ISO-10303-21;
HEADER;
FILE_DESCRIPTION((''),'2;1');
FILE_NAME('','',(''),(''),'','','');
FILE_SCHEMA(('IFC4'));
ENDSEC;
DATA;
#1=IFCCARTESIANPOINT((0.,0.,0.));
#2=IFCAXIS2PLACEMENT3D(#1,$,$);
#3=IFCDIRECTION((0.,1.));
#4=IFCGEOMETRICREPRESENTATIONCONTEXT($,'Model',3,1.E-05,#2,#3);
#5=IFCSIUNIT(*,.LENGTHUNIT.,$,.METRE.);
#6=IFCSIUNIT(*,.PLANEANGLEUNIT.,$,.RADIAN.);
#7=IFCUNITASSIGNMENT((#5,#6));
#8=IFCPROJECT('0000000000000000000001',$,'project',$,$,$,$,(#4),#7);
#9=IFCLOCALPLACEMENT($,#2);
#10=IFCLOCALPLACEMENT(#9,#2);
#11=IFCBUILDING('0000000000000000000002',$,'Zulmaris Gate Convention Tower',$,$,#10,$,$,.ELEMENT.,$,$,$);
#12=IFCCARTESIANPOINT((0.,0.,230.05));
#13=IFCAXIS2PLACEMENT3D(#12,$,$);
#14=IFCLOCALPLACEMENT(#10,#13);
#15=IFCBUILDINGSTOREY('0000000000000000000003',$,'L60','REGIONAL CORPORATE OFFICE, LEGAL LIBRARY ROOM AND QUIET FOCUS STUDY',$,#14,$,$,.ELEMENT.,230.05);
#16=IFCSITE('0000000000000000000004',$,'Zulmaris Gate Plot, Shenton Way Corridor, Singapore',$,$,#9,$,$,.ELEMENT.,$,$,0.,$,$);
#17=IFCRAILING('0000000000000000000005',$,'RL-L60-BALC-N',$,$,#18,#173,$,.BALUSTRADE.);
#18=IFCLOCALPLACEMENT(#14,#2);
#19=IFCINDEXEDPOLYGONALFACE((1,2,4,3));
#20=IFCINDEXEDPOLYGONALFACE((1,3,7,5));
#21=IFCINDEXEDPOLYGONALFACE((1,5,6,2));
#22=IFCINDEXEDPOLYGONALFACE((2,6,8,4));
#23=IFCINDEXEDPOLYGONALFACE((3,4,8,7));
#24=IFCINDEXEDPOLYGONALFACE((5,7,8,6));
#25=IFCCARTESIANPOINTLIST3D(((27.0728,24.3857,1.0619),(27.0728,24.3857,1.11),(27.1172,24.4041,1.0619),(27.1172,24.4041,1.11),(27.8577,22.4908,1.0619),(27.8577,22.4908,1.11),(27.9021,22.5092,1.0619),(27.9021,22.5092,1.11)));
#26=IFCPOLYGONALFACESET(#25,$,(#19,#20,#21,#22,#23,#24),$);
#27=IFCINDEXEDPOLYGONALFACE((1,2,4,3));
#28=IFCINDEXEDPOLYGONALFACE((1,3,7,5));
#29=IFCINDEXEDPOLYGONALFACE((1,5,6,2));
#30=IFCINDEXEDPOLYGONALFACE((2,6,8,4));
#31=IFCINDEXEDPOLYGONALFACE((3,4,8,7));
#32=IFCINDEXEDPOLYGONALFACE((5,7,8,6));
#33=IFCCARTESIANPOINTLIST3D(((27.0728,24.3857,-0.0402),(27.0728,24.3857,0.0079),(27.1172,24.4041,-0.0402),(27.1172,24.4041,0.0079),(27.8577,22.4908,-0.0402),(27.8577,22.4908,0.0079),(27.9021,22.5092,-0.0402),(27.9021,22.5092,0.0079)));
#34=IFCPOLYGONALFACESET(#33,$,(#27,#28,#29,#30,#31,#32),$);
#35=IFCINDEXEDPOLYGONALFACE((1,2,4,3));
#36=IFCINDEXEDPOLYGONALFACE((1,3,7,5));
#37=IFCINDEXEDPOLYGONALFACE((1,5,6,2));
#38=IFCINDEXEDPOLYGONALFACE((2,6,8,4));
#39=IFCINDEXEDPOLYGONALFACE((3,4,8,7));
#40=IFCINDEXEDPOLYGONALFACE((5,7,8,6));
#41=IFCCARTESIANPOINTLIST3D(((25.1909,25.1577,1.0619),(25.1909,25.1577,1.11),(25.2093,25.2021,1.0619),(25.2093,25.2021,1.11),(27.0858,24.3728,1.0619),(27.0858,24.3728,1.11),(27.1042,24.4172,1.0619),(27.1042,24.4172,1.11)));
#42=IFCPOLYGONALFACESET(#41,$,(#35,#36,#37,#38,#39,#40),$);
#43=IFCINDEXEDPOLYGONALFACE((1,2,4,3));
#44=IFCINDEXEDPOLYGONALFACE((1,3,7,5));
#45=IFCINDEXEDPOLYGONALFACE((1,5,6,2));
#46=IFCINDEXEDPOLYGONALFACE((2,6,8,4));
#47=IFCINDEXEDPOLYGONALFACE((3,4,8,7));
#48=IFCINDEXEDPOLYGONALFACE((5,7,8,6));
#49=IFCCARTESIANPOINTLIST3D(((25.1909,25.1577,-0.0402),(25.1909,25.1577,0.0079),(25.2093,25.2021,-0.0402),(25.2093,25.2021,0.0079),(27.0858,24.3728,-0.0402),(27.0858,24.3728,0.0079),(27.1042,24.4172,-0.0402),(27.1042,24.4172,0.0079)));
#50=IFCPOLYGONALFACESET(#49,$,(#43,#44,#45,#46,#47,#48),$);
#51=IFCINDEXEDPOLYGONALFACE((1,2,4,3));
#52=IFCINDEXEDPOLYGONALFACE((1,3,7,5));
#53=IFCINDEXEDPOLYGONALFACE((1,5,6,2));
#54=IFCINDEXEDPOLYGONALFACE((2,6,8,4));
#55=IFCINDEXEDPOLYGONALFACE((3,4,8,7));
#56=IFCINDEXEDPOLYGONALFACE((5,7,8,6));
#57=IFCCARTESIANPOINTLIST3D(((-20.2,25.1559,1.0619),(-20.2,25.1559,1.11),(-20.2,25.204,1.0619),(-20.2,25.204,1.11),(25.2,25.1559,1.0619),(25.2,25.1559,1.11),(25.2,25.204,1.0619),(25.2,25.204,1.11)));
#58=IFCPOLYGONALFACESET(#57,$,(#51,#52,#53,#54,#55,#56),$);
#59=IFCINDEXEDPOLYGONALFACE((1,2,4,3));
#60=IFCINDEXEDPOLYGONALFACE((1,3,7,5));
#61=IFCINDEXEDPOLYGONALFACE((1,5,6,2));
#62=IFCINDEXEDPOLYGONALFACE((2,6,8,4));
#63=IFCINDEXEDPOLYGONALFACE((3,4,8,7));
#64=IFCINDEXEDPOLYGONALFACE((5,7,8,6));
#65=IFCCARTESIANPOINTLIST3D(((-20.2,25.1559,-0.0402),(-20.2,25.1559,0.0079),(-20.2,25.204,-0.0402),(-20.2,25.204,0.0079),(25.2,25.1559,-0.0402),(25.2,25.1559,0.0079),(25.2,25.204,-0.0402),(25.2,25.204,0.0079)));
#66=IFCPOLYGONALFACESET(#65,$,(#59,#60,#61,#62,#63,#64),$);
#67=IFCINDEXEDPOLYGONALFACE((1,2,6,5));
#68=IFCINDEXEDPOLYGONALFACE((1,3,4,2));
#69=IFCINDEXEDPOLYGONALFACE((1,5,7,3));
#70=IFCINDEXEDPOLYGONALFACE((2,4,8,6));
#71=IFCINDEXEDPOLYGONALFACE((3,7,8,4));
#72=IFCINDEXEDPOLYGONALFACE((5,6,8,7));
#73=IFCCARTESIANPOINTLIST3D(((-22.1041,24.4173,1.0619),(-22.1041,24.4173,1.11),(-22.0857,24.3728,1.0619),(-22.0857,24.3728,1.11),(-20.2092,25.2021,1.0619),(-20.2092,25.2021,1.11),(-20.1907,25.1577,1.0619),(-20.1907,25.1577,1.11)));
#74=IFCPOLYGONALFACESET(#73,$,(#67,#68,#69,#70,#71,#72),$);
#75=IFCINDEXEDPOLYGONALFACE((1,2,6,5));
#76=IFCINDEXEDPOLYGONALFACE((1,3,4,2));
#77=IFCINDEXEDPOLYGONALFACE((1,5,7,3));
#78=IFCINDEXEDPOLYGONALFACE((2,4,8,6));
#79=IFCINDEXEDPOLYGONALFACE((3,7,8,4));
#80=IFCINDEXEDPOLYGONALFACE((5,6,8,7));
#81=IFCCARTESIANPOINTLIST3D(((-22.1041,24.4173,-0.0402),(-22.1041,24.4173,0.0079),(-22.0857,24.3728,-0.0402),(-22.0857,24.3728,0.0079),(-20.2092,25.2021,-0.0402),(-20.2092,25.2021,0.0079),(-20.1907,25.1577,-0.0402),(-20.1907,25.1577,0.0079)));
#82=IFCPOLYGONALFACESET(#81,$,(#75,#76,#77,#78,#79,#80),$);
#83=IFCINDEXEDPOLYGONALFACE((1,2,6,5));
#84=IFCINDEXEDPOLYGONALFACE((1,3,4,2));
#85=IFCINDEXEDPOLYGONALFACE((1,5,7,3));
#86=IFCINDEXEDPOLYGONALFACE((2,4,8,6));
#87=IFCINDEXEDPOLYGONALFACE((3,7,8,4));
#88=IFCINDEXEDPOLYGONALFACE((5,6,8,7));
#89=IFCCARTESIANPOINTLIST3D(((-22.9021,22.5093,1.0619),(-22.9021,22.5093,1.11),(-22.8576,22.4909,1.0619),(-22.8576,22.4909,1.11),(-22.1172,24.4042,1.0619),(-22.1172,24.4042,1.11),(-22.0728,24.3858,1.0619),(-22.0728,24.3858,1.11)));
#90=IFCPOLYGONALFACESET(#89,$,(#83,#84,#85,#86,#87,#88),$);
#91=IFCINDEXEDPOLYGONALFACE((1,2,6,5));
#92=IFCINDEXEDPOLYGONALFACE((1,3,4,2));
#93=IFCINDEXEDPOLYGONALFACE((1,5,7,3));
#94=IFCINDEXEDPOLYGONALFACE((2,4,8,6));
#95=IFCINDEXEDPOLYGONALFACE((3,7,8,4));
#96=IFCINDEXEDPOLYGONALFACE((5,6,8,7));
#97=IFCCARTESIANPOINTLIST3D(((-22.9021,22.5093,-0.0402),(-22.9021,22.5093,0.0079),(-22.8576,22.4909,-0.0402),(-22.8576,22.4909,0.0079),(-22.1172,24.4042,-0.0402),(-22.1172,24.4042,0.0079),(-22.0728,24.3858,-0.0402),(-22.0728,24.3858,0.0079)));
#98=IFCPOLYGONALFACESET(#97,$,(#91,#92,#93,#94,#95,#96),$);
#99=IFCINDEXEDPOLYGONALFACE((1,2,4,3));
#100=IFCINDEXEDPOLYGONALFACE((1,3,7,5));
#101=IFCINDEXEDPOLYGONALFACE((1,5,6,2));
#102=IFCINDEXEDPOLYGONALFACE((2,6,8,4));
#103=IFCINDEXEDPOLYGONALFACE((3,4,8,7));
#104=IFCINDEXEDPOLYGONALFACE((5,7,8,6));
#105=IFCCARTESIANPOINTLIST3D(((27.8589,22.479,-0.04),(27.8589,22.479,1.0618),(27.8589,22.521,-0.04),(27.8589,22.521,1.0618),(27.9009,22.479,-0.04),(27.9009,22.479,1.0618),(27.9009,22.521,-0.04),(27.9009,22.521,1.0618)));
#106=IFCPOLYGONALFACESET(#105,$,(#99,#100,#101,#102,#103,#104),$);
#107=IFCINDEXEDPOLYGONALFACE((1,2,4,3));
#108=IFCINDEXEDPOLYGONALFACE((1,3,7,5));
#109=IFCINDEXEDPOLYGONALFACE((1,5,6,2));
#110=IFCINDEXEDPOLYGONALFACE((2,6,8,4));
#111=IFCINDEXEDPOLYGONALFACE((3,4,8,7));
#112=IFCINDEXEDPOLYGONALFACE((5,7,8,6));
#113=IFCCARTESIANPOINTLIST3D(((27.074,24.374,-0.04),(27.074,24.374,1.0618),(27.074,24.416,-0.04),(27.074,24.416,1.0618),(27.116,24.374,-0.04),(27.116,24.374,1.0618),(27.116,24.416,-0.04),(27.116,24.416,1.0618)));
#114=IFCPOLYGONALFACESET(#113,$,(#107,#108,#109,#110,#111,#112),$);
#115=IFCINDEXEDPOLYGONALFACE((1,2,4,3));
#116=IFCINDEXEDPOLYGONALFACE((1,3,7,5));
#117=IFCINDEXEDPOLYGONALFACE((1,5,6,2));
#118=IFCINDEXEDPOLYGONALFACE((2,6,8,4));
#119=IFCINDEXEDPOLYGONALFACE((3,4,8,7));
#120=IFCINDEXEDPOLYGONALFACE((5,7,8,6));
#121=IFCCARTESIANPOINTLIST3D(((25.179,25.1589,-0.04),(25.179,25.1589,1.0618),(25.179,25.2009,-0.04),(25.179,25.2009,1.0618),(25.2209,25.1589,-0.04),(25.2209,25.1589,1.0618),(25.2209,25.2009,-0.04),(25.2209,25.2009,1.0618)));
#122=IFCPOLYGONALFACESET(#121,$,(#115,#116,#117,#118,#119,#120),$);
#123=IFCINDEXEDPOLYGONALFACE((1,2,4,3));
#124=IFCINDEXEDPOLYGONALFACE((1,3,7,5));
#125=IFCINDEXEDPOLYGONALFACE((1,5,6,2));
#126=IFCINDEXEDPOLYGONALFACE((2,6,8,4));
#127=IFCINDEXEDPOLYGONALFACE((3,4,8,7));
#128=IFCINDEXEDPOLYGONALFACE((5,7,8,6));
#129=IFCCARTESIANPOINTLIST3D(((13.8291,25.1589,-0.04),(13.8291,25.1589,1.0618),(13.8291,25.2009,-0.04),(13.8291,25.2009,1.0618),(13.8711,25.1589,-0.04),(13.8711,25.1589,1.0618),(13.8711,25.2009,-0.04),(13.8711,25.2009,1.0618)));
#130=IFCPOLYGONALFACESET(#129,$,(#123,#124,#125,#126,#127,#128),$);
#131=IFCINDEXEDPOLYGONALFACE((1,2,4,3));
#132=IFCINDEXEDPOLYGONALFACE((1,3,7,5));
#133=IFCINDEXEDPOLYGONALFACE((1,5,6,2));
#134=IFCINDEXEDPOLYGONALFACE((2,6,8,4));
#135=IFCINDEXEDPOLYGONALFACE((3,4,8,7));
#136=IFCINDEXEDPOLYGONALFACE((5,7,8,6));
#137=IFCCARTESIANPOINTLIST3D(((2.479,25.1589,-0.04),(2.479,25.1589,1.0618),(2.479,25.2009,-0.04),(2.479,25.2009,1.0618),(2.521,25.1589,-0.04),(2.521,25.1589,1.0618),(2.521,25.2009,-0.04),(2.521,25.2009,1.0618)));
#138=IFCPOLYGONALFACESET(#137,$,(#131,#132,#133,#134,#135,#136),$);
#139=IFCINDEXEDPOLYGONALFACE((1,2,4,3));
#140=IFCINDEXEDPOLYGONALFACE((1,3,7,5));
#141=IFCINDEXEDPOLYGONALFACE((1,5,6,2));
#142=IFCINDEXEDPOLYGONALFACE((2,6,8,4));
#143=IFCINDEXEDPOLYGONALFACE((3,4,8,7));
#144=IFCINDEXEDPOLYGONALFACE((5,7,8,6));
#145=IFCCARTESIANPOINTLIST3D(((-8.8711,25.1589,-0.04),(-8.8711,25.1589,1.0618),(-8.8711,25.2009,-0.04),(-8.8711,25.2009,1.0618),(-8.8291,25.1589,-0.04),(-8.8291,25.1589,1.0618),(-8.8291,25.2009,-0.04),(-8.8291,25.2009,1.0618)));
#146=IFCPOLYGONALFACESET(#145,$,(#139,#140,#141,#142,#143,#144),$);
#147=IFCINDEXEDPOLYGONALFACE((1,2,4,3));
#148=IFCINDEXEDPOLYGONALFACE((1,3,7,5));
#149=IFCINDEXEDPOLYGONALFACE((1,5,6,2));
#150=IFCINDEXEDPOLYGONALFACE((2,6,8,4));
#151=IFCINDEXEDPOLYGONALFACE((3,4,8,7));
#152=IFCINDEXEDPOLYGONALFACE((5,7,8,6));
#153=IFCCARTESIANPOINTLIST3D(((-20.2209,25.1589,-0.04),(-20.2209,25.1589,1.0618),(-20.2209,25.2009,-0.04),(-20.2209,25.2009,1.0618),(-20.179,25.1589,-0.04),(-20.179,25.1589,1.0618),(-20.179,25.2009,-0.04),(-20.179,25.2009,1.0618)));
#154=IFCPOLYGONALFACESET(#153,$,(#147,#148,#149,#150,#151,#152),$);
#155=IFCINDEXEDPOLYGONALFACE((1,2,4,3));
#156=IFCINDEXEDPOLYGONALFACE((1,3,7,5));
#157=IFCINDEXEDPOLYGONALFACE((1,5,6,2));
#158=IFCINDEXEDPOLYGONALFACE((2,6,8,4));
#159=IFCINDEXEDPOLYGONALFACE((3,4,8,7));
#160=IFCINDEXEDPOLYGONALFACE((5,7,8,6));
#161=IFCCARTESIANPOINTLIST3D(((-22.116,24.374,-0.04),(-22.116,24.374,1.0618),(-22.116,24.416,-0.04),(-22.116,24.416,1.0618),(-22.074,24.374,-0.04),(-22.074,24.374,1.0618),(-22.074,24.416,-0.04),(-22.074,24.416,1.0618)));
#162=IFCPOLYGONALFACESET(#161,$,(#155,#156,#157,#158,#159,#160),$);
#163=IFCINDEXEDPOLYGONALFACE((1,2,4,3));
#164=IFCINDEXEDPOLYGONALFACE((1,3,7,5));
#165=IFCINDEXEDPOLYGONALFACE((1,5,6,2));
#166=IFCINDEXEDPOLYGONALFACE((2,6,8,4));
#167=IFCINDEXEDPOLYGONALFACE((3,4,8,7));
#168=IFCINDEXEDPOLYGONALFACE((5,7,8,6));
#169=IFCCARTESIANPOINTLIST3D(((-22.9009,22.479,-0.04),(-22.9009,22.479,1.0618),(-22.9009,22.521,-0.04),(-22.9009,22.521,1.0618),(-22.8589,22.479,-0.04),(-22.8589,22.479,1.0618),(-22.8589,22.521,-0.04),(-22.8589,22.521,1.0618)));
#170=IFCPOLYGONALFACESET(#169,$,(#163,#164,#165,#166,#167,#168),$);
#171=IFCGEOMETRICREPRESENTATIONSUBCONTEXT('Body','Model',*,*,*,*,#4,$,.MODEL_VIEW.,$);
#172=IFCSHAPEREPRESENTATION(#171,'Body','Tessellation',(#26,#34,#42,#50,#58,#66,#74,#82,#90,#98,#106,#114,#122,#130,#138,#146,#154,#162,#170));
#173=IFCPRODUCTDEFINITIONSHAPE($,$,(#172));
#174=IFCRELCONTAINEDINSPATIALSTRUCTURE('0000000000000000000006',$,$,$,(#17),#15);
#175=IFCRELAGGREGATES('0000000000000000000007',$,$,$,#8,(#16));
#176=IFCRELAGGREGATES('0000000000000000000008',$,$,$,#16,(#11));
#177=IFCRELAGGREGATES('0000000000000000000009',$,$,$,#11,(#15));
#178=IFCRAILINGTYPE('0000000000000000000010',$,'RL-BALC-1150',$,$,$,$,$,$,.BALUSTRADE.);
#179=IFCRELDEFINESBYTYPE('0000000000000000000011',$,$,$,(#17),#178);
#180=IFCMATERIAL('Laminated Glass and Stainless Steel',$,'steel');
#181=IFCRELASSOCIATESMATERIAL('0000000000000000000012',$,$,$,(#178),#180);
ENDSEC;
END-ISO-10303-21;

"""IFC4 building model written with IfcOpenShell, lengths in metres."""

from ifc_helpers import new_model, si_unit, direction, frame, origin, origin_2d, place, context, subcontext, project, spatial, rectangle, extrude, material, type_object, element, save


model = new_model("IFC4")

# Units and contexts
model_context = context("Model", 3, precision=1e-05, world=origin(), true_north=direction((0.0, 1.0)))
body_context = subcontext(model_context, "Body", "Model", "MODEL_VIEW")
ifc_project = project(units=[si_unit("LENGTHUNIT", "METRE"), si_unit("PLANEANGLEUNIT", "RADIAN")], contexts=[model_context])

# Site, building, storey
site_placement = place(None, origin())
site = spatial("IfcSite", under=ifc_project, at=site_placement, Name="Zulmaris Gate Plot, Shenton Way Corridor, Singapore", CompositionType="ELEMENT", RefElevation=0.0)
building_placement = place(site_placement, origin())
building = spatial("IfcBuilding", under=site, at=building_placement, Name="Zulmaris Gate Convention Tower", CompositionType="ELEMENT")
storey_placement = place(building_placement, frame((0.0, 0.0, 230.05)))
storey = spatial("IfcBuildingStorey", under=building, at=storey_placement, Name="L60", Description="REGIONAL CORPORATE OFFICE, LEGAL LIBRARY ROOM AND QUIET FOCUS STUDY", CompositionType="ELEMENT", Elevation=230.05)

# Railing
ifc_material_1 = material(Name="Laminated Glass and Stainless Steel", Category="steel")
railing_type = type_object("IfcRailingType", Name="RL-BALC-1150", PredefinedType="BALUSTRADE", material=ifc_material_1)
railing_placement = place(storey_placement, frame((27.8799, 22.5, -0.04)))
element("IfcRailing", 1, at=railing_placement, inside=storey, type_object=railing_type, Name="RL-L60-BALC-N", PredefinedType="BALUSTRADE", context=body_context, shape_type="SweptSolid", body=[
    extrude(rectangle(XDim=0.0481, YDim=0.0481, at=origin_2d()), frame((0.0, 0.0, 1.126), z_axis=(-0.382671, 0.923885, 0.0), x_axis=(-0.923885, -0.382671, 0.0)), (0.0, 0.0, 1.0), 2.051),
    extrude(rectangle(XDim=0.0481, YDim=0.0481, at=origin_2d()), frame((0.0, 0.0, 0.0239), z_axis=(-0.382671, 0.923885, 0.0), x_axis=(-0.923885, -0.382671, 0.0)), (0.0, 0.0, 1.0), 2.051),
    extrude(rectangle(XDim=0.0481, YDim=0.0481, at=origin_2d()), frame((-0.7849, 1.895, 1.126), z_axis=(-0.923885, 0.382671, 0.0), x_axis=(-0.382671, -0.923885, 0.0)), (0.0, 0.0, 1.0), 2.051),
    extrude(rectangle(XDim=0.0481, YDim=0.0481, at=origin_2d()), frame((-0.7849, 1.895, 0.0239), z_axis=(-0.923885, 0.382671, 0.0), x_axis=(-0.382671, -0.923885, 0.0)), (0.0, 0.0, 1.0), 2.051),
    extrude(rectangle(XDim=0.0481, YDim=0.0481, at=origin_2d()), frame((-2.6799, 2.6799, 1.126), z_axis=(-1.0, 0.0, 0.0), x_axis=(0.0, -1.0, 0.0)), (0.0, 0.0, 1.0), 45.3999),
    extrude(rectangle(XDim=0.0481, YDim=0.0481, at=origin_2d()), frame((-2.6799, 2.6799, 0.0239), z_axis=(-1.0, 0.0, 0.0), x_axis=(0.0, -1.0, 0.0)), (0.0, 0.0, 1.0), 45.3999),
    extrude(rectangle(XDim=0.0481, YDim=0.0481, at=origin_2d()), frame((-48.0798, 2.6799, 1.126), z_axis=(-0.923885, -0.382671, 0.0), x_axis=(0.382671, -0.923885, 0.0)), (0.0, 0.0, 1.0), 2.051),
    extrude(rectangle(XDim=0.0481, YDim=0.0481, at=origin_2d()), frame((-48.0798, 2.6799, 0.0239), z_axis=(-0.923885, -0.382671, 0.0), x_axis=(0.382671, -0.923885, 0.0)), (0.0, 0.0, 1.0), 2.051),
    extrude(rectangle(XDim=0.0481, YDim=0.0481, at=origin_2d()), frame((-49.9749, 1.895, 1.126), z_axis=(-0.382671, -0.923885, 0.0), x_axis=(0.923885, -0.382671, 0.0)), (0.0, 0.0, 1.0), 2.051),
    extrude(rectangle(XDim=0.0481, YDim=0.0481, at=origin_2d()), frame((-49.9749, 1.895, 0.0239), z_axis=(-0.382671, -0.923885, 0.0), x_axis=(0.923885, -0.382671, 0.0)), (0.0, 0.0, 1.0), 2.051),
    extrude(rectangle(XDim=0.042, YDim=0.042, at=origin_2d()), origin(), (0.0, 0.0, 1.0), 1.1018),
    extrude(rectangle(XDim=0.042, YDim=0.042, at=origin_2d()), frame((-0.7849, 1.895, 0.0)), (0.0, 0.0, 1.0), 1.1018),
    extrude(rectangle(XDim=0.042, YDim=0.042, at=origin_2d()), frame((-2.6799, 2.6799, 0.0)), (0.0, 0.0, 1.0), 1.1018),
    extrude(rectangle(XDim=0.042, YDim=0.042, at=origin_2d()), frame((-14.0298, 2.6799, 0.0)), (0.0, 0.0, 1.0), 1.1018),
    extrude(rectangle(XDim=0.042, YDim=0.042, at=origin_2d()), frame((-25.3799, 2.6799, 0.0)), (0.0, 0.0, 1.0), 1.1018),
    extrude(rectangle(XDim=0.042, YDim=0.042, at=origin_2d()), frame((-36.73, 2.6799, 0.0)), (0.0, 0.0, 1.0), 1.1018),
    extrude(rectangle(XDim=0.042, YDim=0.042, at=origin_2d()), frame((-48.0798, 2.6799, 0.0)), (0.0, 0.0, 1.0), 1.1018),
    extrude(rectangle(XDim=0.042, YDim=0.042, at=origin_2d()), frame((-49.9749, 1.895, 0.0)), (0.0, 0.0, 1.0), 1.1018),
    extrude(rectangle(XDim=0.042, YDim=0.042, at=origin_2d()), frame((-50.7598, 0.0, 0.0)), (0.0, 0.0, 1.0), 1.1018),
])

save(model, "model.ifc")
